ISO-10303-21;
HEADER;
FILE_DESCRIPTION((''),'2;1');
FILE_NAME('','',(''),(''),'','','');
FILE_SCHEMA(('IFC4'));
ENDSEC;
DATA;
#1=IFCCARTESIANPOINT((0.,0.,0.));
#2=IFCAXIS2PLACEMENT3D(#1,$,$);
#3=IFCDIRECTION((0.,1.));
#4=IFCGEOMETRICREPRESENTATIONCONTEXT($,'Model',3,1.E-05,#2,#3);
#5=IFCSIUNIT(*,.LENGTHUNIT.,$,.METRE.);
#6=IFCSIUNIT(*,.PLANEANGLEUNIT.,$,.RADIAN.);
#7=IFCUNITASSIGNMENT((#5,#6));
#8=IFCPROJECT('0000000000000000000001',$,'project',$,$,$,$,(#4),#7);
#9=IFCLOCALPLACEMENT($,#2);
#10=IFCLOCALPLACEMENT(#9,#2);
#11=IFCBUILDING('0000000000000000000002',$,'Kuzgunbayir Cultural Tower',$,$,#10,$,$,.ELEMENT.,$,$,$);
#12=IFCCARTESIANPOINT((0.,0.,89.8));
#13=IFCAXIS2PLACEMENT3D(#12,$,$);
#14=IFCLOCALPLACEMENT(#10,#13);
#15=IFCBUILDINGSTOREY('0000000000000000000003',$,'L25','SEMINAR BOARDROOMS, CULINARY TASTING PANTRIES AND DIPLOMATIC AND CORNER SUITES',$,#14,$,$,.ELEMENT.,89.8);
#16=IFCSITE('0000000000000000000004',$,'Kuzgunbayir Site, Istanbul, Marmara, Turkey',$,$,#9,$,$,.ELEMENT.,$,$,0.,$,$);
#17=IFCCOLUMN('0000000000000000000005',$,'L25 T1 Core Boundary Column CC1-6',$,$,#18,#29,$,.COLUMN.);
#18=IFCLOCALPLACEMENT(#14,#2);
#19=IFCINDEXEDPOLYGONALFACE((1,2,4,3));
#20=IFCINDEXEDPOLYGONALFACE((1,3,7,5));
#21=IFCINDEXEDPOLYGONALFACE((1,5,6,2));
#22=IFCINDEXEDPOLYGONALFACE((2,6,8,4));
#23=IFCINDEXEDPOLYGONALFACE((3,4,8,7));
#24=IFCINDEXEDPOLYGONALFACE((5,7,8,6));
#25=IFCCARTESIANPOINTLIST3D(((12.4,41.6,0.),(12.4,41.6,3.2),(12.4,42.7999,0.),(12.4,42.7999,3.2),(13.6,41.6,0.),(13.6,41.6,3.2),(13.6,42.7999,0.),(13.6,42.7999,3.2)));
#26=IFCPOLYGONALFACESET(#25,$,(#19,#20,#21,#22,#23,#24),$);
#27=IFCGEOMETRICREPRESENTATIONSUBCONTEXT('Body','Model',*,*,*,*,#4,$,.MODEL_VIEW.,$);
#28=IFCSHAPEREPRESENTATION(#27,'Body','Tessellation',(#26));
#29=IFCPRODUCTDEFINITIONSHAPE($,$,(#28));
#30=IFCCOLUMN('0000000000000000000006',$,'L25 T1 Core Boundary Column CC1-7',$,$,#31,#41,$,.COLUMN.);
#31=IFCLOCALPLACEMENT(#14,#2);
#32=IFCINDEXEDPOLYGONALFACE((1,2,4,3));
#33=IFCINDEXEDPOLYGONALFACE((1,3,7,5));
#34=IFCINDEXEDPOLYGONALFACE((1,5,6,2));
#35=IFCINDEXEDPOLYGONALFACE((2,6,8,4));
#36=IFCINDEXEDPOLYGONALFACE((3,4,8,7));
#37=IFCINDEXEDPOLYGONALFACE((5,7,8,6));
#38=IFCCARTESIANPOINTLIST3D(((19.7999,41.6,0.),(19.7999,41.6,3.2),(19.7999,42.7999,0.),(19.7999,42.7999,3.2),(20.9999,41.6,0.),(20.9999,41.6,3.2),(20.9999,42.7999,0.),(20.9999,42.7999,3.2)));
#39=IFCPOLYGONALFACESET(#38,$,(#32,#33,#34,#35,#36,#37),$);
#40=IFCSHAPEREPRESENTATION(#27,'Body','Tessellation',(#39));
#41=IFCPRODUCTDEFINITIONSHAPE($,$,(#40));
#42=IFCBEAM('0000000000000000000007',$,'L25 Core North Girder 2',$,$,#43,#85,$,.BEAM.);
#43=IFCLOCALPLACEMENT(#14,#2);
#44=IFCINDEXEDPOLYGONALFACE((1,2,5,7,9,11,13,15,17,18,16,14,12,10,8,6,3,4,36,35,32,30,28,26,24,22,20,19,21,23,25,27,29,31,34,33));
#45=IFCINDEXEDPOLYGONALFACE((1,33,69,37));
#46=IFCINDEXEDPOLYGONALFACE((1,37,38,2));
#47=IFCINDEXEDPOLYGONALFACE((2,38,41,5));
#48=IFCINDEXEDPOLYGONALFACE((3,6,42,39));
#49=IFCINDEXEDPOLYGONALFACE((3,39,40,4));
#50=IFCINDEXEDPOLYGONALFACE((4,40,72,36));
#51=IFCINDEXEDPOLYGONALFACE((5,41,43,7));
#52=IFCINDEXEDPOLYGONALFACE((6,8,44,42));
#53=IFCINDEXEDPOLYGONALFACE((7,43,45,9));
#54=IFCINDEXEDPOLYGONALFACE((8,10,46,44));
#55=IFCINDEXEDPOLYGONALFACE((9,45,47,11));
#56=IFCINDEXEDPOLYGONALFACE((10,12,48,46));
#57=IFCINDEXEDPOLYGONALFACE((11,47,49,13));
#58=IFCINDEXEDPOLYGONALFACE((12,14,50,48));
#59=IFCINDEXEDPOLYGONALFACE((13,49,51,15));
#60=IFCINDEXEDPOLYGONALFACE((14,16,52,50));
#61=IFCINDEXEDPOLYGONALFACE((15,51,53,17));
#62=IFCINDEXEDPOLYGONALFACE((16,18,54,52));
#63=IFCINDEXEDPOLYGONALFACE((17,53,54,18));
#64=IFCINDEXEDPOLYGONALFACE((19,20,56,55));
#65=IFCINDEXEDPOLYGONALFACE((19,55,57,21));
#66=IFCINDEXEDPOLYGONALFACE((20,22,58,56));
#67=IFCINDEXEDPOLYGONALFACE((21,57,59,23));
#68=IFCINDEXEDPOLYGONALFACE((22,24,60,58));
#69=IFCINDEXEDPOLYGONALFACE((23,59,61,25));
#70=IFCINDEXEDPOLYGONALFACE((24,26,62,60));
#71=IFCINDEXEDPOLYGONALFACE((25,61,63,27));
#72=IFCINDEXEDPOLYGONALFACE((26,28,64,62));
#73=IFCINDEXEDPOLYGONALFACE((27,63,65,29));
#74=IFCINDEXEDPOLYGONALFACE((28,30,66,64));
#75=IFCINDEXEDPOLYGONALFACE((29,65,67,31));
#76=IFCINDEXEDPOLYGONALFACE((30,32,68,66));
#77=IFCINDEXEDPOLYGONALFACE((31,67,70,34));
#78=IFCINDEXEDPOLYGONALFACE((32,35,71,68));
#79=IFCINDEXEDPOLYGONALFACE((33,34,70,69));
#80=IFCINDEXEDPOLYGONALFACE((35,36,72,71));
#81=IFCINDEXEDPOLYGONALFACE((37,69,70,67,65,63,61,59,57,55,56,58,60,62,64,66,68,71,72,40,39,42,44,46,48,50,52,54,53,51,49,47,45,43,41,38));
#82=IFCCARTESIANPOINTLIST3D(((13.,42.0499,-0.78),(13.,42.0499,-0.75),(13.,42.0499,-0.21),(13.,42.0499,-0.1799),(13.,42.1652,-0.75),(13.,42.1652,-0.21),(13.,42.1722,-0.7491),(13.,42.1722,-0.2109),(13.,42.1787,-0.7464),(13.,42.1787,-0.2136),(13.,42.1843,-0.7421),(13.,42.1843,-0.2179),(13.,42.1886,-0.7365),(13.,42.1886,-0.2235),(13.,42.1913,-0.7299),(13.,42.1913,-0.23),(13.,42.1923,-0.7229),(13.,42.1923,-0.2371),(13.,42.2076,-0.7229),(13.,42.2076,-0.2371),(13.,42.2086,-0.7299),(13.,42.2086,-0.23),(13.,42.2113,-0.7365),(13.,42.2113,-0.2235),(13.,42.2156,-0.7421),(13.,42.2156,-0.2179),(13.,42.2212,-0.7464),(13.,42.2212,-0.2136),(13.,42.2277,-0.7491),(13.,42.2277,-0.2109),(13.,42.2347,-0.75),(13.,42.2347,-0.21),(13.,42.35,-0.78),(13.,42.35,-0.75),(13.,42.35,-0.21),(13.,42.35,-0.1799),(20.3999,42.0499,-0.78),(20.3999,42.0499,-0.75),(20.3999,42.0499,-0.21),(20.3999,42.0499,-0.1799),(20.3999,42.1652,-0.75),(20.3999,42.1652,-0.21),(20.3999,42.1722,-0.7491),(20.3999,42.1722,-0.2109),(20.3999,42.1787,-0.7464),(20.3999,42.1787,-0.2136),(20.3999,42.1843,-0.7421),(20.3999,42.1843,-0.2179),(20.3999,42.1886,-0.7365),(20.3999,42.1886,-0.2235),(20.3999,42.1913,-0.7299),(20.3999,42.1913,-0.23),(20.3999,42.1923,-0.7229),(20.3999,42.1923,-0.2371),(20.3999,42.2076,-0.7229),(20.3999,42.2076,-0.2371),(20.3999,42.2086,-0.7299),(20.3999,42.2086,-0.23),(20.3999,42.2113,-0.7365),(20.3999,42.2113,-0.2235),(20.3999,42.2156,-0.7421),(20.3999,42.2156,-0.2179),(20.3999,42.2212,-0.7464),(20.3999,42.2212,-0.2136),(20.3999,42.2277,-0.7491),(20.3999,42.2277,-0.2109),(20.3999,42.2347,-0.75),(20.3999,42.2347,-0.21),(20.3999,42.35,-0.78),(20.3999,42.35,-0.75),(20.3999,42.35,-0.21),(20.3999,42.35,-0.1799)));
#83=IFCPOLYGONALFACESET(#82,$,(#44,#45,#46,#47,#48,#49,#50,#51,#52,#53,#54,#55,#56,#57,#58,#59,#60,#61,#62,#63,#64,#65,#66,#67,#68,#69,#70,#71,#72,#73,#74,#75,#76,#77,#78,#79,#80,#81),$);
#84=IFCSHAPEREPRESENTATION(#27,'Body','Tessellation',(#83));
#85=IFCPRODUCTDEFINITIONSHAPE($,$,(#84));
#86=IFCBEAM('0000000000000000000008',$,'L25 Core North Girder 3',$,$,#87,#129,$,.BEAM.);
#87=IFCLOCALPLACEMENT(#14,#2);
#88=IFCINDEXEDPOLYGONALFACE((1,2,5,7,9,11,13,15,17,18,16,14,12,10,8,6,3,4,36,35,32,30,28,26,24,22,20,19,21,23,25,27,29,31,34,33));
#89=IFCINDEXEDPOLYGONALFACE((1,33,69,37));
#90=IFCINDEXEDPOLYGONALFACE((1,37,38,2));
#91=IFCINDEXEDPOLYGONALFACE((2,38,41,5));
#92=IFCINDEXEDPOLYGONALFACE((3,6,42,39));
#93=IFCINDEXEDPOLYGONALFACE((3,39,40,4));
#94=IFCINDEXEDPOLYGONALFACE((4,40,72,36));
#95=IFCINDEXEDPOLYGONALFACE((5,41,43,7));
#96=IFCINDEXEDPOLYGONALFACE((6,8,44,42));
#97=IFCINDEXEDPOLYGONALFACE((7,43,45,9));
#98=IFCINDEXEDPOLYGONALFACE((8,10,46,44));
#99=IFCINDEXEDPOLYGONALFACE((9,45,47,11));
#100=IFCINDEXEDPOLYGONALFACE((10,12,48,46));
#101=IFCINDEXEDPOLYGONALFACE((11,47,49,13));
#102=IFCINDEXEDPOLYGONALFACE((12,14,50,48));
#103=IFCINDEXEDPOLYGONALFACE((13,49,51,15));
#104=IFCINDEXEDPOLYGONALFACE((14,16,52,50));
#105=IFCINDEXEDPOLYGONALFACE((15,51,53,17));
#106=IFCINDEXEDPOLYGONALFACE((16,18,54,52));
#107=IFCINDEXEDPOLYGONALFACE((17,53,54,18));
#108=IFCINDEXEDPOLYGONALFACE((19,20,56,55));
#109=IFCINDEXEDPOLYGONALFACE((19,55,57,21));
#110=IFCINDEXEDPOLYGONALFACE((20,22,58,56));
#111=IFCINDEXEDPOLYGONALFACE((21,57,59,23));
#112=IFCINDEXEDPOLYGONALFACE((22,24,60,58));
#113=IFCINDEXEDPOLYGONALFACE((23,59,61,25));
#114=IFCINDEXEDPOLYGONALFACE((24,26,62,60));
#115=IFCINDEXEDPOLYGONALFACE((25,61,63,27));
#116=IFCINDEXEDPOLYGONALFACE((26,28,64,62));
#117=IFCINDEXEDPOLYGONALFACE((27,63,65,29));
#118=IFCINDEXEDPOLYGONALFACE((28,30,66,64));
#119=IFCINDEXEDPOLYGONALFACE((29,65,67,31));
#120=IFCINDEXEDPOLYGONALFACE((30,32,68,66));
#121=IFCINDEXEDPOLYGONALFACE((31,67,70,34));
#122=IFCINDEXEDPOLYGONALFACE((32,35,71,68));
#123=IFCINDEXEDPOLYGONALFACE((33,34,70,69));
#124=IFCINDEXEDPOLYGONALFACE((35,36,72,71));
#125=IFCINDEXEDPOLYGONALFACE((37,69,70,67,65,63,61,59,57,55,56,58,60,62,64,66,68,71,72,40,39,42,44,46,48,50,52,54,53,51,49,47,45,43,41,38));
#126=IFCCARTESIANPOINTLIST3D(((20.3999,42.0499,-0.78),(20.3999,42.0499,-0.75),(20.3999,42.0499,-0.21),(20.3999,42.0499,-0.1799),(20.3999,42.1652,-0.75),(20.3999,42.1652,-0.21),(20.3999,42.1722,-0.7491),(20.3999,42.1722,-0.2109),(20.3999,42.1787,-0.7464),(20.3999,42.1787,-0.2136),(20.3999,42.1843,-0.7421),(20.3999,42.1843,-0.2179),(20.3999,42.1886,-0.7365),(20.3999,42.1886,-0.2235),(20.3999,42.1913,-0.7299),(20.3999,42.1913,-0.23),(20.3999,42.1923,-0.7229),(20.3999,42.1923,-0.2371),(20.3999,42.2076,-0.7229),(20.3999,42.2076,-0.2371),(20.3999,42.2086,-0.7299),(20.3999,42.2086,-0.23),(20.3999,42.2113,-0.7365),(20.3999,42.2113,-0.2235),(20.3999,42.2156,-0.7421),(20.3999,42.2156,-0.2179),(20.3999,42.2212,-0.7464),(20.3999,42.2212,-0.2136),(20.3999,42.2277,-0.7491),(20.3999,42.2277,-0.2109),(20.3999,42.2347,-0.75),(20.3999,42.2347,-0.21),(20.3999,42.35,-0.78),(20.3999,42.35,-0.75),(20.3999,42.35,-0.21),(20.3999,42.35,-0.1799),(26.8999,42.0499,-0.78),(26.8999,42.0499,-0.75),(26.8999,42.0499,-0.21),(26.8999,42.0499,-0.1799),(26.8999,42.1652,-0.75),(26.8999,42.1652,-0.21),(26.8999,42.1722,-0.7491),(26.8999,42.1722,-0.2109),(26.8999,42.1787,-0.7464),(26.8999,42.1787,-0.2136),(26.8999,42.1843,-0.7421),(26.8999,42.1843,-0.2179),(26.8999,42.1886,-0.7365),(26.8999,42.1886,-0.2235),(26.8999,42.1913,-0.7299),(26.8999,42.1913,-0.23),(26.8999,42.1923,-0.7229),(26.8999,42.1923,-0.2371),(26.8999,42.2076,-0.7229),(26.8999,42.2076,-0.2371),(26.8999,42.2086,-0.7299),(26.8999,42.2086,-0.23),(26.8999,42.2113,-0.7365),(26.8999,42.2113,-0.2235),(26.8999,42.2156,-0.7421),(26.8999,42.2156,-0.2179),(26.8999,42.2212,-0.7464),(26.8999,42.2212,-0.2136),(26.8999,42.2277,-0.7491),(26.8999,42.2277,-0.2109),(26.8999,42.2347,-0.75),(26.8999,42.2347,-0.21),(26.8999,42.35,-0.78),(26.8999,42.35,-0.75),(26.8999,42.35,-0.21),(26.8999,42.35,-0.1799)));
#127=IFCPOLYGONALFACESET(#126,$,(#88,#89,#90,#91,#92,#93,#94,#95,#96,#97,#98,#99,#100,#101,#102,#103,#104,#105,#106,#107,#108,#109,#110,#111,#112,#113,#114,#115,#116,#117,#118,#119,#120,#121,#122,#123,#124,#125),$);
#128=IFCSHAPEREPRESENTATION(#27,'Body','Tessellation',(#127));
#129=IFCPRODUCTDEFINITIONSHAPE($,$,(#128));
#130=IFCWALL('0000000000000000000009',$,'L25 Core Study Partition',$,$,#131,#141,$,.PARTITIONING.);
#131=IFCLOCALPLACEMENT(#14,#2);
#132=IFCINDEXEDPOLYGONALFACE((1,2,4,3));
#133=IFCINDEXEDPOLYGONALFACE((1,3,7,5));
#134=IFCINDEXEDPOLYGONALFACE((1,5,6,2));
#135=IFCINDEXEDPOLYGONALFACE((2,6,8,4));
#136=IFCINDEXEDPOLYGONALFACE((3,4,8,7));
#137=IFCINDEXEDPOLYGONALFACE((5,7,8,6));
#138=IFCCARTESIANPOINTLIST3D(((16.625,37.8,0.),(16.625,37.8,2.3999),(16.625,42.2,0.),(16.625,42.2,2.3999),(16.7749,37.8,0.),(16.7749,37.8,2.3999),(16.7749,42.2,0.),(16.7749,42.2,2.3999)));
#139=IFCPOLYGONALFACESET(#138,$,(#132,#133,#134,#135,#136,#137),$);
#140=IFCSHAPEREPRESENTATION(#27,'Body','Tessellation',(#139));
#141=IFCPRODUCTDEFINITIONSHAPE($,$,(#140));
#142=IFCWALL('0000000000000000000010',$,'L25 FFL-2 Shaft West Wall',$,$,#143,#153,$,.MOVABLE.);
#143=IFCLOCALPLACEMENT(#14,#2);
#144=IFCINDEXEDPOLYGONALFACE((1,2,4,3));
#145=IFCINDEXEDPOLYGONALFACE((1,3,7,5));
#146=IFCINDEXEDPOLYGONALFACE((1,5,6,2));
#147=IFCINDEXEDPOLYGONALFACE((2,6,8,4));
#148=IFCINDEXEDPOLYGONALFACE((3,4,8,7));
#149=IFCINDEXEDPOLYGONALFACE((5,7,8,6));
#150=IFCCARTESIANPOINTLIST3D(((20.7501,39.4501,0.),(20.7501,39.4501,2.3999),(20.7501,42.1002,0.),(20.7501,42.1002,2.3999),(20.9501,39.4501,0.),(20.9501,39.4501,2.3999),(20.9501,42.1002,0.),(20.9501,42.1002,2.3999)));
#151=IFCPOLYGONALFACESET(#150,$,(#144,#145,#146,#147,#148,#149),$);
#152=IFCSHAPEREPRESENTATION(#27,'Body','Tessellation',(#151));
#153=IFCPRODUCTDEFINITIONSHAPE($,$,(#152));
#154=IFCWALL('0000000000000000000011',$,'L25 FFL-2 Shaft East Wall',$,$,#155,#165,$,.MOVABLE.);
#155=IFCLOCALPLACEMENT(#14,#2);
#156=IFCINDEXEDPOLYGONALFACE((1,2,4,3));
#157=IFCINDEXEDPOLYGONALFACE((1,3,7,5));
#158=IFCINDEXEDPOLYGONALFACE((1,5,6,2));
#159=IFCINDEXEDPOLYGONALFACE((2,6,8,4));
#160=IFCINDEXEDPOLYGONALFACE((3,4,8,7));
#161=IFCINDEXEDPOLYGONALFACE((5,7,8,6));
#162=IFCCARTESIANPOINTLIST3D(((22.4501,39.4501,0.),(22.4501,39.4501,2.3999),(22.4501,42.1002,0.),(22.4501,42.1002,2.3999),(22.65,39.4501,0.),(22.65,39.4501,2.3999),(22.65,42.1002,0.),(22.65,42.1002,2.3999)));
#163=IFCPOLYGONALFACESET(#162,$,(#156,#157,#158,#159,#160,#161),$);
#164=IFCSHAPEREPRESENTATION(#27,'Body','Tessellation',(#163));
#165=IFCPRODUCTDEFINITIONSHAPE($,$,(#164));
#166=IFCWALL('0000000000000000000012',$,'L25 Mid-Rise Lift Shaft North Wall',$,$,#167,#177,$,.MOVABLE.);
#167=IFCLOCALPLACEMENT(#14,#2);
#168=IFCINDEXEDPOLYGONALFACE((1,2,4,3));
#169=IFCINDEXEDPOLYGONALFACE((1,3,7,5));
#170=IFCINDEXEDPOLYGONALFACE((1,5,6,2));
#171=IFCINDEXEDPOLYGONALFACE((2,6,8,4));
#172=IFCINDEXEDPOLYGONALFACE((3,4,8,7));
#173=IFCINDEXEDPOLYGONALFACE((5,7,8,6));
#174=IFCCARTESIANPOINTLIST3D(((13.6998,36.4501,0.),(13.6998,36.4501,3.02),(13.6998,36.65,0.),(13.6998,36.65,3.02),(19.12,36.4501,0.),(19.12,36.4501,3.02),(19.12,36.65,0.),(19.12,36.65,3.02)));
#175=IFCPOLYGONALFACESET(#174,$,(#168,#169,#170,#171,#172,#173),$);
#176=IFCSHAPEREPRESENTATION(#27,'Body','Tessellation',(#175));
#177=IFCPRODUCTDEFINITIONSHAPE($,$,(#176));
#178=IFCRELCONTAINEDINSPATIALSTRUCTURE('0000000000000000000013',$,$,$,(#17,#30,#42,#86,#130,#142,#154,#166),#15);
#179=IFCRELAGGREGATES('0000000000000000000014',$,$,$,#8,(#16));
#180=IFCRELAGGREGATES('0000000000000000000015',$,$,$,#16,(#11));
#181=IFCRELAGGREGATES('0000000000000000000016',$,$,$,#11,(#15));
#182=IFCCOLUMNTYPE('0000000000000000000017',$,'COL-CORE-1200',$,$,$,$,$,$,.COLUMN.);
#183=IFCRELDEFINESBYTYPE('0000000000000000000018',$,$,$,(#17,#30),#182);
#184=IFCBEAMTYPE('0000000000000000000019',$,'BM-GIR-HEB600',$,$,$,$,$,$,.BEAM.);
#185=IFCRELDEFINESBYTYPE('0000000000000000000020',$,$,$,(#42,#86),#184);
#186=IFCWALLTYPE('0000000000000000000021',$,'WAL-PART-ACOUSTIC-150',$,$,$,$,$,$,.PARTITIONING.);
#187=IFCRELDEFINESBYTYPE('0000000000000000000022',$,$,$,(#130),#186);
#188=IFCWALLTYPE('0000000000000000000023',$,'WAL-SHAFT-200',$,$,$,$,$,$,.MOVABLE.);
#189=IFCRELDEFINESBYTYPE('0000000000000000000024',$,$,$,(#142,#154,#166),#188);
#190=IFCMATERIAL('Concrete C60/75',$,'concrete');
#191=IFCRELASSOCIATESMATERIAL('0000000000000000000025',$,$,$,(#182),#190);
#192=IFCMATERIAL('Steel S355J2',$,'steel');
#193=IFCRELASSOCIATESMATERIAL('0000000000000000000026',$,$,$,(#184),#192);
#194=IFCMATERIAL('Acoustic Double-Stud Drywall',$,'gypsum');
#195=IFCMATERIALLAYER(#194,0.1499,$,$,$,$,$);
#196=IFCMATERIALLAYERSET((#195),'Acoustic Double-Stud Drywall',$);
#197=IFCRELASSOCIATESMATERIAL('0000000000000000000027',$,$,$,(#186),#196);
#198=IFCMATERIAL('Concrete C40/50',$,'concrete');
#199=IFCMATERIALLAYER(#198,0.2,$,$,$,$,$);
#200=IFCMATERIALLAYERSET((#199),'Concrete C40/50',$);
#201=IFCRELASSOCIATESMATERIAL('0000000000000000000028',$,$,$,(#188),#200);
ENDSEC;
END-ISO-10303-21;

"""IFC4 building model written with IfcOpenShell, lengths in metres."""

from ifc_helpers import new_model, si_unit, direction, frame, frame_2d, origin, origin_2d, place, context, subcontext, project, spatial, rectangle, i_section, extrude, material, layer, layer_set, material_profile, profile_set, type_object, element, save


model = new_model("IFC4")

# Units and contexts
model_context = context("Model", 3, precision=1e-05, world=origin(), true_north=direction((0.0, 1.0)))
body_context = subcontext(model_context, "Body", "Model", "MODEL_VIEW")
ifc_project = project(units=[si_unit("LENGTHUNIT", "METRE"), si_unit("PLANEANGLEUNIT", "RADIAN")], contexts=[model_context])

# Site, building, storey
site_placement = place(None, origin())
site = spatial("IfcSite", under=ifc_project, at=site_placement, Name="Kuzgunbayir Site, Istanbul, Marmara, Turkey", CompositionType="ELEMENT", RefElevation=0.0)
building_placement = place(site_placement, origin())
building = spatial("IfcBuilding", under=site, at=building_placement, Name="Kuzgunbayir Cultural Tower", CompositionType="ELEMENT")
storey_placement = place(building_placement, frame((0.0, 0.0, 89.8)))
storey = spatial("IfcBuildingStorey", under=building, at=storey_placement, Name="L25", Description="SEMINAR BOARDROOMS, CULINARY TASTING PANTRIES AND DIPLOMATIC AND CORNER SUITES", CompositionType="ELEMENT", Elevation=89.8)

# Columns
ifc_material_1 = material(Name="Concrete C60/75", Category="concrete")
ifc_material_profile_1 = material_profile(ifc_material_1, rectangle(XDim=1.2, YDim=1.2, at=origin_2d()), Name="RC 1200x1200")
ifc_profile_set_1 = profile_set([ifc_material_profile_1], Name="Concrete C60/75")
column_type = type_object("IfcColumnType", Name="COL-CORE-1200", PredefinedType="COLUMN", material=ifc_profile_set_1)
for number, where, z_axis, x_axis, name in (
    (1, (13.0, 42.2, 0.0), (0.0, 0.0, 1.0), (1.0, 0.0, 0.0), "L25 T1 Core Boundary Column CC1-6"),
    (2, (20.3999, 42.2, 0.0), (0.0, 0.0, 1.0), (1.0, 0.0, 0.0), "L25 T1 Core Boundary Column CC1-7"),
):
    element("IfcColumn", number, at=place(storey_placement, frame(where, z_axis=z_axis, x_axis=x_axis)), inside=storey, type_object=column_type, Name=name, PredefinedType="COLUMN", context=body_context, shape_type="SweptSolid", body=[
        extrude(rectangle(XDim=1.2, YDim=1.2, at=origin_2d()), origin(), (0.0, 0.0, 1.0), 3.2),
    ])

# Beams
ifc_material_2 = material(Name="Steel S355J2", Category="steel")
ifc_material_profile_2 = material_profile(ifc_material_2, i_section(OverallWidth=0.3, OverallDepth=0.6001, WebThickness=0.0154, FlangeThickness=0.03, FilletRadius=0.0271, at=origin_2d()), Name="HEB 600")
ifc_profile_set_2 = profile_set([ifc_material_profile_2], Name="Steel S355J2")
beam_type = type_object("IfcBeamType", Name="BM-GIR-HEB600", PredefinedType="BEAM", material=ifc_profile_set_2)
beam_1_placement = place(storey_placement, frame((13.0, 42.2, -0.48), z_axis=(1.0, 0.0, 0.0), x_axis=(0.0, 1.0, 0.0)))
element("IfcBeam", 3, at=beam_1_placement, inside=storey, type_object=beam_type, Name="L25 Core North Girder 2", PredefinedType="BEAM", context=body_context, shape_type="SweptSolid", body=[
    extrude(i_section(OverallWidth=0.3, OverallDepth=0.6001, WebThickness=0.0154, FlangeThickness=0.03, FilletRadius=0.0271, at=origin_2d()), origin(), (0.0, 0.0, 1.0), 7.3999),
])
beam_2_placement = place(storey_placement, frame((20.3999, 42.2, -0.48), z_axis=(1.0, 0.0, 0.0), x_axis=(0.0, 1.0, 0.0)))
element("IfcBeam", 4, at=beam_2_placement, inside=storey, type_object=beam_type, Name="L25 Core North Girder 3", PredefinedType="BEAM", context=body_context, shape_type="SweptSolid", body=[
    extrude(i_section(OverallWidth=0.3, OverallDepth=0.6001, WebThickness=0.0154, FlangeThickness=0.03, FilletRadius=0.0271, at=origin_2d()), origin(), (0.0, 0.0, 1.0), 6.5),
])

# Shared definitions
ifc_material_3 = material(Name="Acoustic Double-Stud Drywall", Category="gypsum")
ifc_layer_1 = layer(ifc_material_3, 0.1499)
ifc_layer_set_1 = layer_set([ifc_layer_1], Name="Acoustic Double-Stud Drywall")
wall_type_1 = type_object("IfcWallType", Name="WAL-PART-ACOUSTIC-150", PredefinedType="PARTITIONING", material=ifc_layer_set_1)

# Wall
wall_1_placement = place(storey_placement, frame((16.7, 37.8, 0.0), z_axis=(0.0, 0.0, 1.0), x_axis=(0.0, 1.0, 0.0)))
element("IfcWall", 5, at=wall_1_placement, inside=storey, type_object=wall_type_1, Name="L25 Core Study Partition", PredefinedType="PARTITIONING", context=body_context, shape_type="SweptSolid", body=[
    extrude(rectangle(XDim=4.3999, YDim=0.1499, at=frame_2d((2.2, 0.0))), origin(), (0.0, 0.0, 1.0), 2.3999),
])

# Shared definitions
ifc_material_4 = material(Name="Concrete C40/50", Category="concrete")
ifc_layer_2 = layer(ifc_material_4, 0.2)
ifc_layer_set_2 = layer_set([ifc_layer_2], Name="Concrete C40/50")
wall_type_2 = type_object("IfcWallType", Name="WAL-SHAFT-200", PredefinedType="MOVABLE", material=ifc_layer_set_2)

# Walls
for number, where, z_axis, x_axis, name in (
    (6, (20.8501, 39.45, 0.0), (0.0, 0.0, 1.0), (0.0, 1.0, 0.0), "L25 FFL-2 Shaft West Wall"),
    (7, (22.55, 39.45, 0.0), (0.0, 0.0, 1.0), (0.0, 1.0, 0.0), "L25 FFL-2 Shaft East Wall"),
):
    element("IfcWall", number, at=place(storey_placement, frame(where, z_axis=z_axis, x_axis=x_axis)), inside=storey, type_object=wall_type_2, Name=name, PredefinedType="MOVABLE", context=body_context, shape_type="SweptSolid", body=[
        extrude(rectangle(XDim=2.6501, YDim=0.2, at=frame_2d((1.3252, 0.0))), origin(), (0.0, 0.0, 1.0), 2.3999),
    ])
wall_2_placement = place(storey_placement, frame((13.7, 36.55, 0.0), z_axis=(0.0, 0.0, 1.0), x_axis=(1.0, 0.0, 0.0)))
element("IfcWall", 8, at=wall_2_placement, inside=storey, type_object=wall_type_2, Name="L25 Mid-Rise Lift Shaft North Wall", PredefinedType="MOVABLE", context=body_context, shape_type="SweptSolid", body=[
    extrude(rectangle(XDim=5.4202, YDim=0.2, at=frame_2d((2.71, 0.0))), origin(), (0.0, 0.0, 1.0), 3.02),
])

save(model, "model.ifc")
